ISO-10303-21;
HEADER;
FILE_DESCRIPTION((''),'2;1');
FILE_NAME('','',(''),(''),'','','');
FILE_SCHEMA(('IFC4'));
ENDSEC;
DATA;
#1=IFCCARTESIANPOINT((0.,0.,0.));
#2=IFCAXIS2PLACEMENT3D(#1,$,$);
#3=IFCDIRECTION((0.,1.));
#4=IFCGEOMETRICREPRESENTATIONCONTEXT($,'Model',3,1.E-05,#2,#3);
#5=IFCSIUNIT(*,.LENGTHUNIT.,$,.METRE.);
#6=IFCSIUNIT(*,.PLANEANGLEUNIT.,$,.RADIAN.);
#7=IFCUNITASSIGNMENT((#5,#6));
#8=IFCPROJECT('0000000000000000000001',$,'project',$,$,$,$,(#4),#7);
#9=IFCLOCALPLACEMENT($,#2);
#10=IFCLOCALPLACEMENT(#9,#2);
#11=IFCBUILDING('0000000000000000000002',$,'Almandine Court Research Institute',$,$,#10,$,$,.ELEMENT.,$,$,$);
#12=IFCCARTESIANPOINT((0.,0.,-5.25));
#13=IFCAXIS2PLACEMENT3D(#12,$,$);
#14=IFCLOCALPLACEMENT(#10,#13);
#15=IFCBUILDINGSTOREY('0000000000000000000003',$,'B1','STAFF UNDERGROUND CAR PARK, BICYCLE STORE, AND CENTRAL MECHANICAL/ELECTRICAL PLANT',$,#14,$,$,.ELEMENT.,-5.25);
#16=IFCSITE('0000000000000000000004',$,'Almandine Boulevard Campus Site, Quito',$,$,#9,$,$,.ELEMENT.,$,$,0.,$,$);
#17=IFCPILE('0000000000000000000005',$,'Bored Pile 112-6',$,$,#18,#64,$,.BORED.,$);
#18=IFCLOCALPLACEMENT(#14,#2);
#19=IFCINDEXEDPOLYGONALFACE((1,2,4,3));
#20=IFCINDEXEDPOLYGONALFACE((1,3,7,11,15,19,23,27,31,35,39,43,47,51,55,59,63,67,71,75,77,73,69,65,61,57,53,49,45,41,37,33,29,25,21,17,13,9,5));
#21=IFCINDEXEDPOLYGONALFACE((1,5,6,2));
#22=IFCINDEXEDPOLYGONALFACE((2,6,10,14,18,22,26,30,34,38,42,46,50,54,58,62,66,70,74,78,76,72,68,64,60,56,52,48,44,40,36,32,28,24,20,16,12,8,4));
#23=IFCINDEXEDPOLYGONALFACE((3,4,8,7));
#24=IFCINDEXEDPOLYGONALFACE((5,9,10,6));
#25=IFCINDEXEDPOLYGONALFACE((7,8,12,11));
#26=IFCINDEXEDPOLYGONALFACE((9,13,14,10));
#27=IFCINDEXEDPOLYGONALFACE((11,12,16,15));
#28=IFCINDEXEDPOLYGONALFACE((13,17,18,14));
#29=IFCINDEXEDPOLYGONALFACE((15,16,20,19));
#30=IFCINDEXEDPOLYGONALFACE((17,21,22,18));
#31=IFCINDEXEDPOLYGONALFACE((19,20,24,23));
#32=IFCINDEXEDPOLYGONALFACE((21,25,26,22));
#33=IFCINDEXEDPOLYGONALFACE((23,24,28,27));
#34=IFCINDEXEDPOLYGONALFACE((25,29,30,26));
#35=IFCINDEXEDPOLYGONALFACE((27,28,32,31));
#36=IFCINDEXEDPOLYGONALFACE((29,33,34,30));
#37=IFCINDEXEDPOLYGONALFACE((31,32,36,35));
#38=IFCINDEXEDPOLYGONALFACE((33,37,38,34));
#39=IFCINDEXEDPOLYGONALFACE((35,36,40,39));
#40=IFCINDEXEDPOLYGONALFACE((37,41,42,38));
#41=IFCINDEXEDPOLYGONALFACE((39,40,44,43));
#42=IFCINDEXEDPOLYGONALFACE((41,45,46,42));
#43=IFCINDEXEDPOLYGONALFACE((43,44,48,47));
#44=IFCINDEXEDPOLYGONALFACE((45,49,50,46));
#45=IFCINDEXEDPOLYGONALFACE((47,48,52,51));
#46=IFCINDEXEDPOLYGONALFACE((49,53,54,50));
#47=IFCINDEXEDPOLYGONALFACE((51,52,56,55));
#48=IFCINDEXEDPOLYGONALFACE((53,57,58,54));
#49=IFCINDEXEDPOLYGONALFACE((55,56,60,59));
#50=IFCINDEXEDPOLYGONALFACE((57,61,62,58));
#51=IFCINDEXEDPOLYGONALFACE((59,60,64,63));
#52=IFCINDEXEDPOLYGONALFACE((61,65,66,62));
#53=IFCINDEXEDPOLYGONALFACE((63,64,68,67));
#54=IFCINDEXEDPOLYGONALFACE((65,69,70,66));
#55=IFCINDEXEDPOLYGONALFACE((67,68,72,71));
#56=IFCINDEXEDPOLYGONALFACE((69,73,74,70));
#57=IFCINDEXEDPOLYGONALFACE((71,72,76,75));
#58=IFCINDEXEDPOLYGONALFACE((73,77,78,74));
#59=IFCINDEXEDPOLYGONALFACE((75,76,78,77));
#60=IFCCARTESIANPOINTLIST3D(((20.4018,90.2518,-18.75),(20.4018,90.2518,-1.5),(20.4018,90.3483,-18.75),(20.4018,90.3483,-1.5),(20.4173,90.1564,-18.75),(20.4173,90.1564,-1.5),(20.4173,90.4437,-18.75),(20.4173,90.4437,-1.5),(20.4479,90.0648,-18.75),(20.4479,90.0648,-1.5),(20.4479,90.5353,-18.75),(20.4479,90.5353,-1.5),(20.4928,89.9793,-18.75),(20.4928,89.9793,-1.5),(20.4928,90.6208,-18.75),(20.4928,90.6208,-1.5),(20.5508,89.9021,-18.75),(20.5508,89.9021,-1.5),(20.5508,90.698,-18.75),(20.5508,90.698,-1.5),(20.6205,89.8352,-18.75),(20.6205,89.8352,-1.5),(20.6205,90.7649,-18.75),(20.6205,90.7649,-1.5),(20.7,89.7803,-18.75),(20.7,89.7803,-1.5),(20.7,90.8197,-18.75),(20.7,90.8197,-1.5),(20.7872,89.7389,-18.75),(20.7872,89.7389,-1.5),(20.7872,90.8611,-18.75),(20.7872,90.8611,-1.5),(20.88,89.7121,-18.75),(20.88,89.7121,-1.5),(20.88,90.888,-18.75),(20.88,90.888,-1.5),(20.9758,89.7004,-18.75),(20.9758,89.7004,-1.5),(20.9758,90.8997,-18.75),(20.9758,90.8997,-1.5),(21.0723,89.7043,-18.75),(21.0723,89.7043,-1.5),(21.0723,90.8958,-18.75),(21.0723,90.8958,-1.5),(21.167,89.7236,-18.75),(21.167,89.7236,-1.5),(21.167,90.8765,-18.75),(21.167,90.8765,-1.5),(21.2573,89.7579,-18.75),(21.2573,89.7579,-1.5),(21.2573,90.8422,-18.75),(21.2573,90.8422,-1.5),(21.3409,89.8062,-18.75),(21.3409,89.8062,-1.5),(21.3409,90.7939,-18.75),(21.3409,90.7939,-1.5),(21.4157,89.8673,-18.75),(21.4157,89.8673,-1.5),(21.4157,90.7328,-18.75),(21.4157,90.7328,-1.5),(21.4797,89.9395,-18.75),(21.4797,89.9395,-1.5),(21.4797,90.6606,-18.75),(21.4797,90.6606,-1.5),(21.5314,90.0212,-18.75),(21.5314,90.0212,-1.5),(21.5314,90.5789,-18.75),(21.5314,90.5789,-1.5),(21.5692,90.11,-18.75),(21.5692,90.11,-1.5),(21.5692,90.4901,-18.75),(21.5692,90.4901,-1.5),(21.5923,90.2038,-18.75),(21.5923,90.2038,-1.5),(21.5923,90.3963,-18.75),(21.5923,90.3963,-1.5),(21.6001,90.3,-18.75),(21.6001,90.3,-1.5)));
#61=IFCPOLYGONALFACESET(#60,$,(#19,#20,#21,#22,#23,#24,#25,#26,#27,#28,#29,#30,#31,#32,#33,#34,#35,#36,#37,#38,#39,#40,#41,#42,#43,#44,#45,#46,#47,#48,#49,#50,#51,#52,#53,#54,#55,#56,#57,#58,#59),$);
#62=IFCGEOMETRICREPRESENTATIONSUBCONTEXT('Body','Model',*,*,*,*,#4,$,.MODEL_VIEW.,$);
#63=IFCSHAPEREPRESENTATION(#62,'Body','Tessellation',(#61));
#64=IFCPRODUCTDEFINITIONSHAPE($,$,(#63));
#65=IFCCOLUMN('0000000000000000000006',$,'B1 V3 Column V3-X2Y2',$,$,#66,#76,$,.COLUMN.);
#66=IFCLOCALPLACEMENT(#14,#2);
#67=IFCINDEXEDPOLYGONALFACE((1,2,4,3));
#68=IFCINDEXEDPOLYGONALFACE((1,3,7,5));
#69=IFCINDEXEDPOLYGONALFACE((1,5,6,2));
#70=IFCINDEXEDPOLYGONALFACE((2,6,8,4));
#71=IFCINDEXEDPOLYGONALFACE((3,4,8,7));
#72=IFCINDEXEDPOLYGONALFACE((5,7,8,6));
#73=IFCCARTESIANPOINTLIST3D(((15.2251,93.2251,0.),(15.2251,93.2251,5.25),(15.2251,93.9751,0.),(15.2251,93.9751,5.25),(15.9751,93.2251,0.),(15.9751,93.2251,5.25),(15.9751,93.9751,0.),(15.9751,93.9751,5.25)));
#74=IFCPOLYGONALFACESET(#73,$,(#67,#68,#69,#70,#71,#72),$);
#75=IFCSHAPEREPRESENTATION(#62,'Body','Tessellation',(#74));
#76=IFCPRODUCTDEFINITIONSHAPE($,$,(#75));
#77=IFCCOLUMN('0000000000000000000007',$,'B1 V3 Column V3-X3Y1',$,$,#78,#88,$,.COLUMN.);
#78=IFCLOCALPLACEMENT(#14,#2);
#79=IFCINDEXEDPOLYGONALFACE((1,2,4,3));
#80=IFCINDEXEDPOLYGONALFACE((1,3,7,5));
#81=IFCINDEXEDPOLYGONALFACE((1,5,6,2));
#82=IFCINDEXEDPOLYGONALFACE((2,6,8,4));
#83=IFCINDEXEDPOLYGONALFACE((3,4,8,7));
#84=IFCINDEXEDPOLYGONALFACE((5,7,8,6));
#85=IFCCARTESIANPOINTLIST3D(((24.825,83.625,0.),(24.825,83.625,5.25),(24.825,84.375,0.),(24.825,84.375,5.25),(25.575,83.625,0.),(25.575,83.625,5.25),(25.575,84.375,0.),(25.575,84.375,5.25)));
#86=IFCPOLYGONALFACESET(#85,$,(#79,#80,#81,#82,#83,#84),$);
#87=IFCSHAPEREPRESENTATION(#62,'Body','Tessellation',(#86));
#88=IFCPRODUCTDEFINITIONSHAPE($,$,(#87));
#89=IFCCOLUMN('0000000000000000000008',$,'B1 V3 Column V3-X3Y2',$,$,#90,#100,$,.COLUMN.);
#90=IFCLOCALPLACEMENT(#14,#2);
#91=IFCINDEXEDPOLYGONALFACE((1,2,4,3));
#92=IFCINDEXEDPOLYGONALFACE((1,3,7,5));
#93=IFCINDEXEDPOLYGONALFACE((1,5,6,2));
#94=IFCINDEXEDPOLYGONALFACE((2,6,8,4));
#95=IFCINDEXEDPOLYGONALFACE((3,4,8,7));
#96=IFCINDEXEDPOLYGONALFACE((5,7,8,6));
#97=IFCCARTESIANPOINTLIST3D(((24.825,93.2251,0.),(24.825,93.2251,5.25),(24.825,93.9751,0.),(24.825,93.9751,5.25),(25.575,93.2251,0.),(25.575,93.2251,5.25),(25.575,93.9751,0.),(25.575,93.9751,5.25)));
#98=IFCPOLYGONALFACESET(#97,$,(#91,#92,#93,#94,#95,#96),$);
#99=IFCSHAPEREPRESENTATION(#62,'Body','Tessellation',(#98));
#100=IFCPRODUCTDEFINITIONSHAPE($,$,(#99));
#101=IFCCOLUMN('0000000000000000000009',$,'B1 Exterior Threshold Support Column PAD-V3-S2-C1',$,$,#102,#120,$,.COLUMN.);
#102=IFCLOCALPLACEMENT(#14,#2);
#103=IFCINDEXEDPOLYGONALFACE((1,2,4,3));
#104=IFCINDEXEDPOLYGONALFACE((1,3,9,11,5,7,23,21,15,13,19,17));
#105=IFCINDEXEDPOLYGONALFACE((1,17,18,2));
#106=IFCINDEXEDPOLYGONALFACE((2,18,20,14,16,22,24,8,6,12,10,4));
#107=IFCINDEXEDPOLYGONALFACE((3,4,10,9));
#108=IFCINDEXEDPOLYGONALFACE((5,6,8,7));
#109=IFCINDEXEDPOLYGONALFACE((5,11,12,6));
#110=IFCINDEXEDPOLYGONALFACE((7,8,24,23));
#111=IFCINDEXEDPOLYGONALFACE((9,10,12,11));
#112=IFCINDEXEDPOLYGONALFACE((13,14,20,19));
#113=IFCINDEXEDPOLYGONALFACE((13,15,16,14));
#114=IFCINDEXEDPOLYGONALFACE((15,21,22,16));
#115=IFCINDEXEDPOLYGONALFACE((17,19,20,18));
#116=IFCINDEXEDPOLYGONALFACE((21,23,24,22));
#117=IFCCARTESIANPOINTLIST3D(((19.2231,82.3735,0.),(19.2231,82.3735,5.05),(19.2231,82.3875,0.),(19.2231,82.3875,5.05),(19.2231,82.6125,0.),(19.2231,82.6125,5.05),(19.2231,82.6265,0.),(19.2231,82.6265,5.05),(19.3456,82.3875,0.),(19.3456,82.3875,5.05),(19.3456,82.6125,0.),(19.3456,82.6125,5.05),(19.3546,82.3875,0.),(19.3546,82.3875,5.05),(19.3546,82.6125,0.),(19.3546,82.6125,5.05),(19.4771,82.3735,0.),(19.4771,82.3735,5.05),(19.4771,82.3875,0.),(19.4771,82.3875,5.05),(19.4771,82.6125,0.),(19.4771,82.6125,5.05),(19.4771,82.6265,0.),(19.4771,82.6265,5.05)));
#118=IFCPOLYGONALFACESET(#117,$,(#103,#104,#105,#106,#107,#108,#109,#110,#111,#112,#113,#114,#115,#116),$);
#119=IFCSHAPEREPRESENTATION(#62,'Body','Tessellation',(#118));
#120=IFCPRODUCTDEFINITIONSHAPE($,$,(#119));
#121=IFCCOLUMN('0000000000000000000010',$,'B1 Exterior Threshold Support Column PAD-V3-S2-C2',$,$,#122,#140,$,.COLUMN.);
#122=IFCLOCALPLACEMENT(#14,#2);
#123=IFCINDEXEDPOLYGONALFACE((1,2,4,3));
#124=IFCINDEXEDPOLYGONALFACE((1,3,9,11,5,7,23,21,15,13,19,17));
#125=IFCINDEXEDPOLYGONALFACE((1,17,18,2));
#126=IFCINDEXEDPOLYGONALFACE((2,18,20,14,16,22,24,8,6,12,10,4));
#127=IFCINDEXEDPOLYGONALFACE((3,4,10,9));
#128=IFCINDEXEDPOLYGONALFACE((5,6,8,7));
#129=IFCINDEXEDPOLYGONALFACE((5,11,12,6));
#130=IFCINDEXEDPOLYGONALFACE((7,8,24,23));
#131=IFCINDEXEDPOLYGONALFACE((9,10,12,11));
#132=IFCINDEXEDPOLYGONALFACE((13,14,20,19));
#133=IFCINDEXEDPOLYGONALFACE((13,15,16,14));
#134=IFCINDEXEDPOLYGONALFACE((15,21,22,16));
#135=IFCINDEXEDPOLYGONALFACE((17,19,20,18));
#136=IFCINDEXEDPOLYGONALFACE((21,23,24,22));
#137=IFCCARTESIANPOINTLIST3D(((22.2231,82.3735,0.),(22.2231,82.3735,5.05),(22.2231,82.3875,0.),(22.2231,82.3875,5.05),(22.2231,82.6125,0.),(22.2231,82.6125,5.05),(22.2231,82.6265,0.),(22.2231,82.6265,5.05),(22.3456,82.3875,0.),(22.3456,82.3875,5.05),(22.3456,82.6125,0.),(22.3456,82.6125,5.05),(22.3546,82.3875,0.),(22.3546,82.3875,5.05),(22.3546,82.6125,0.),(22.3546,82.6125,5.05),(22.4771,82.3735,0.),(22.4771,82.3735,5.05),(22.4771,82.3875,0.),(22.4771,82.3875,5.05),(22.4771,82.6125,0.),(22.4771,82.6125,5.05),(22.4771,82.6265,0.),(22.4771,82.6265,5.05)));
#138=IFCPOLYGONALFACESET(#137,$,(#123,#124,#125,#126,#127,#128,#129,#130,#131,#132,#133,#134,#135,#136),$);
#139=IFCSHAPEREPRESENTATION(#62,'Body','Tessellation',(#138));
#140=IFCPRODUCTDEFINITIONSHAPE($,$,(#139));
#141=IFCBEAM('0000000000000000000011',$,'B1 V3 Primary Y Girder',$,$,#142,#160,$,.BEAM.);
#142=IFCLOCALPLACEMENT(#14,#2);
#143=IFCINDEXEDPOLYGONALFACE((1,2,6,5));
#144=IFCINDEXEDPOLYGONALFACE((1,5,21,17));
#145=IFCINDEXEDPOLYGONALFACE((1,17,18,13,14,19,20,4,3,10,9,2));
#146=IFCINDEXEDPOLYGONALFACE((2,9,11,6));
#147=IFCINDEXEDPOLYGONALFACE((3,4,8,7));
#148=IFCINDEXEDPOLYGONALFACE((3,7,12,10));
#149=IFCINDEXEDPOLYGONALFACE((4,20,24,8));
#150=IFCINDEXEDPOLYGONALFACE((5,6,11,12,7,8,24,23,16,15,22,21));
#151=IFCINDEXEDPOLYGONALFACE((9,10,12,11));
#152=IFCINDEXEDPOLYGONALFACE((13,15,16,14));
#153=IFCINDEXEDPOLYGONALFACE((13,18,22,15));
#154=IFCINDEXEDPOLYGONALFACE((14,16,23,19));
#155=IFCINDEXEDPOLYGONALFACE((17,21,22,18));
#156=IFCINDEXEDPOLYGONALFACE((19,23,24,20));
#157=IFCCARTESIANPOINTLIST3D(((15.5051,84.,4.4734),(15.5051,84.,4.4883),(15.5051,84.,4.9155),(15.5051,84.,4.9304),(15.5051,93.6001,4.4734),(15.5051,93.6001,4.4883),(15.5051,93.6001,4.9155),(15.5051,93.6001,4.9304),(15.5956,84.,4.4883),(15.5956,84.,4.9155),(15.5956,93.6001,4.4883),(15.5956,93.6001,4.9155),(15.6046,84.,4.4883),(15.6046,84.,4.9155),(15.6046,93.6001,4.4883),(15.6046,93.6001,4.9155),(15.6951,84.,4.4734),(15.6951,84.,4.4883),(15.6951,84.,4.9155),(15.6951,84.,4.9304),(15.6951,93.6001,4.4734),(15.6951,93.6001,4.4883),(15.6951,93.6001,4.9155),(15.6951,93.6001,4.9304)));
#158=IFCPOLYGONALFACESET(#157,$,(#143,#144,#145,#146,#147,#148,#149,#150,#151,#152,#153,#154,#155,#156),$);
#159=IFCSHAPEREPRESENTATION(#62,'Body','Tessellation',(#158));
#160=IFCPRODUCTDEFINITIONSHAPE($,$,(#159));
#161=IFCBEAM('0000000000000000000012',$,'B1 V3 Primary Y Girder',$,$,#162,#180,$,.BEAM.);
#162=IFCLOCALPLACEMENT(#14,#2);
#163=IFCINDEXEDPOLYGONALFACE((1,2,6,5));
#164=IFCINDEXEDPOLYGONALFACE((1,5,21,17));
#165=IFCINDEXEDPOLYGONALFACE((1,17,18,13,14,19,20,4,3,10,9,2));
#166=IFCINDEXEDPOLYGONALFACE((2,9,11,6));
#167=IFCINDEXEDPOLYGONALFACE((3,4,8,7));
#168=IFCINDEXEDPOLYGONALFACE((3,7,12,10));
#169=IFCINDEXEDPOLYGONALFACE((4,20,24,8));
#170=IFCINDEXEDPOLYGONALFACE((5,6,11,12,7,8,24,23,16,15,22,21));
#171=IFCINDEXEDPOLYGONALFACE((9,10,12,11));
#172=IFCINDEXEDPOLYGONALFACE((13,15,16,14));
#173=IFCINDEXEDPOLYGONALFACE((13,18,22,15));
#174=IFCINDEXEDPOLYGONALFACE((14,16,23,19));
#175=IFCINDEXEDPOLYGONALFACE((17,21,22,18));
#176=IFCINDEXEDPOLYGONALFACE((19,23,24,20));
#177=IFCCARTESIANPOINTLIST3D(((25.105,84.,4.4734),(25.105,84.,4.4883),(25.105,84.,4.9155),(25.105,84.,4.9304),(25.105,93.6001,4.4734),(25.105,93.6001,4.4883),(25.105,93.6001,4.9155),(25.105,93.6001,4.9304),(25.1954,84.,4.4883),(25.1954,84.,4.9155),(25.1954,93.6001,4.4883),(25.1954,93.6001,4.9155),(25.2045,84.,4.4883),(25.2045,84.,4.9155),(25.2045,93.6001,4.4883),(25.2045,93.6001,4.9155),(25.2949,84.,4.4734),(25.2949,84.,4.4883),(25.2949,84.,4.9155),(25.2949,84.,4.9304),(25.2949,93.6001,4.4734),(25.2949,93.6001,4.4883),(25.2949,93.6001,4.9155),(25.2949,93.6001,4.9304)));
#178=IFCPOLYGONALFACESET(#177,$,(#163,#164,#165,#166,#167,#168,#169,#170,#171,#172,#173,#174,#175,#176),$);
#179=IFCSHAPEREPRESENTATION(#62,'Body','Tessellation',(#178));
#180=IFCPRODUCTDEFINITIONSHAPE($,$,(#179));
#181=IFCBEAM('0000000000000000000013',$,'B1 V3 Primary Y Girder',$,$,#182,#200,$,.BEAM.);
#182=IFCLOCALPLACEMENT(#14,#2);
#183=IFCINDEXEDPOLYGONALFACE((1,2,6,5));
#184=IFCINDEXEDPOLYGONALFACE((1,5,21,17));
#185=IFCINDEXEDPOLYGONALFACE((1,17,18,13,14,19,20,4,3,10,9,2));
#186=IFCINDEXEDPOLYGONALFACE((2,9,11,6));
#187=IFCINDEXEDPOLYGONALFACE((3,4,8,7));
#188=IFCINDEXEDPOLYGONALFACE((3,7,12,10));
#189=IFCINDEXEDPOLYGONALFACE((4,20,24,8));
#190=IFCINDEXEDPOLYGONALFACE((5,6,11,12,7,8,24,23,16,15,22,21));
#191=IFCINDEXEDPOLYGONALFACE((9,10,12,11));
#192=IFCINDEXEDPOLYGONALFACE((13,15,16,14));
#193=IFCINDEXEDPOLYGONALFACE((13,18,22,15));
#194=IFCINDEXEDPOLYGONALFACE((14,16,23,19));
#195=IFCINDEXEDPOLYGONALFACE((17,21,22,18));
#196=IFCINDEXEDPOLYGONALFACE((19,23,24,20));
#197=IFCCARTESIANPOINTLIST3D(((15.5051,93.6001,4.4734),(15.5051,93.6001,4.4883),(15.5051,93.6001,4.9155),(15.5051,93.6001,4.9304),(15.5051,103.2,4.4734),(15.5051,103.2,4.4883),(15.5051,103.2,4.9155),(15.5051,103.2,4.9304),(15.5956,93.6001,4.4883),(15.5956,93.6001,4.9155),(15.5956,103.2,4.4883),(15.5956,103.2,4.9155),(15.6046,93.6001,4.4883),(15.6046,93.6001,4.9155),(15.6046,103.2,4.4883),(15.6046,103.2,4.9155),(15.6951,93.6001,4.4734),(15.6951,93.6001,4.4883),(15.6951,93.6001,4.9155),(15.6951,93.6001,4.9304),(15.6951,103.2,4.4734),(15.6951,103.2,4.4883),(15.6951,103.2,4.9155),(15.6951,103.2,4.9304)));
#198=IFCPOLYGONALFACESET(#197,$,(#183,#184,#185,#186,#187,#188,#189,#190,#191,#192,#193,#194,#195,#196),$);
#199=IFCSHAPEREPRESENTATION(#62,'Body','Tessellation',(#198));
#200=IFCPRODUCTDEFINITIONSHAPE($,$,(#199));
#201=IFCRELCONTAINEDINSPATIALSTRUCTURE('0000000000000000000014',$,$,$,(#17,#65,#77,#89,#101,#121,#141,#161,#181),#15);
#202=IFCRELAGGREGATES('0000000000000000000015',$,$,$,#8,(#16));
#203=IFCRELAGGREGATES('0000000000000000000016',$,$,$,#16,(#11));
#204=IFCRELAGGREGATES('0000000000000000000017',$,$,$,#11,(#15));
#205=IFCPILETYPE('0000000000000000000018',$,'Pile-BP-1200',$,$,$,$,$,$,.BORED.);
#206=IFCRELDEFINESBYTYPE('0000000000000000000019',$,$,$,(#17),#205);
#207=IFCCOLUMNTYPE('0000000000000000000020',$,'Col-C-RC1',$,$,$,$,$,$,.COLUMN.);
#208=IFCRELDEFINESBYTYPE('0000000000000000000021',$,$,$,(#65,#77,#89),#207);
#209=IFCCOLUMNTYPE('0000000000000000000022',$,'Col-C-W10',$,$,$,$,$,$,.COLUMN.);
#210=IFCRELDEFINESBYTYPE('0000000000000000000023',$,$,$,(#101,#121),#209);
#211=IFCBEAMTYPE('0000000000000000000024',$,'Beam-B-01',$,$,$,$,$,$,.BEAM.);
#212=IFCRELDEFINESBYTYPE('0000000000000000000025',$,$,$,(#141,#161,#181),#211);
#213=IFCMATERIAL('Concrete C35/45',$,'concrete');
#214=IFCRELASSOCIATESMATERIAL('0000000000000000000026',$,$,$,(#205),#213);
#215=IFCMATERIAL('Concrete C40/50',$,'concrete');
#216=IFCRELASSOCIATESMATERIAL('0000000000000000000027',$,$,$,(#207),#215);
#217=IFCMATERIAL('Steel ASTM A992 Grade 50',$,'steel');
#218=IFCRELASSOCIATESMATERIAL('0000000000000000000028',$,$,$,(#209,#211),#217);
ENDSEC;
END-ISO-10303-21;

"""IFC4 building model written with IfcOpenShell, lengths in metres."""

from ifc_helpers import new_model, si_unit, direction, frame, origin, origin_2d, place, context, subcontext, project, spatial, rectangle, circle, i_section, extrude, material, material_profile, profile_set, type_object, element, save


model = new_model("IFC4")

# Units and contexts
model_context = context("Model", 3, precision=1e-05, world=origin(), true_north=direction((0.0, 1.0)))
body_context = subcontext(model_context, "Body", "Model", "MODEL_VIEW")
ifc_project = project(units=[si_unit("LENGTHUNIT", "METRE"), si_unit("PLANEANGLEUNIT", "RADIAN")], contexts=[model_context])

# Site, building, storey
site_placement = place(None, origin())
site = spatial("IfcSite", under=ifc_project, at=site_placement, Name="Almandine Boulevard Campus Site, Quito", CompositionType="ELEMENT", RefElevation=0.0)
building_placement = place(site_placement, origin())
building = spatial("IfcBuilding", under=site, at=building_placement, Name="Almandine Court Research Institute", CompositionType="ELEMENT")
storey_placement = place(building_placement, frame((0.0, 0.0, -5.25)))
storey = spatial("IfcBuildingStorey", under=building, at=storey_placement, Name="B1", Description="STAFF UNDERGROUND CAR PARK, BICYCLE STORE, AND CENTRAL MECHANICAL/ELECTRICAL PLANT", CompositionType="ELEMENT", Elevation=-5.25)

# Shared definitions
ifc_material_1 = material(Name="Concrete C35/45", Category="concrete")

# Pile
ifc_material_profile_1 = material_profile(ifc_material_1, circle(Radius=0.6001, at=origin_2d()), Name="BORED PILE D1200")
ifc_profile_set_1 = profile_set([ifc_material_profile_1], Name="Concrete C35/45")
pile_type = type_object("IfcPileType", Name="Pile-BP-1200", PredefinedType="BORED", material=ifc_profile_set_1)
for number, where, z_axis, x_axis, name in (
    (1, (21.0, 90.3, -1.5), (0.0, 0.0, -1.0), (1.0, 0.0, 0.0), "Bored Pile 112-6"),
):
    element("IfcPile", number, at=place(storey_placement, frame(where, z_axis=z_axis, x_axis=x_axis)), inside=storey, type_object=pile_type, Name=name, PredefinedType="BORED", context=body_context, shape_type="SweptSolid", body=[
        extrude(circle(Radius=0.6001, at=origin_2d()), origin(), (0.0, 0.0, 1.0), 17.25),
    ])

# Columns
ifc_material_2 = material(Name="Concrete C40/50", Category="concrete")
ifc_material_profile_2 = material_profile(ifc_material_2, rectangle(XDim=0.75, YDim=0.75, at=origin_2d()), Name="RC 750x750")
ifc_profile_set_2 = profile_set([ifc_material_profile_2], Name="Concrete C40/50")
column_type_1 = type_object("IfcColumnType", Name="Col-C-RC1", PredefinedType="COLUMN", material=ifc_profile_set_2)
for number, where, z_axis, x_axis, name in (
    (2, (15.6001, 93.6001, 0.0), (0.0, 0.0, 1.0), (1.0, 0.0, 0.0), "B1 V3 Column V3-X2Y2"),
    (3, (25.2, 84.0, 0.0), (0.0, 0.0, 1.0), (1.0, 0.0, 0.0), "B1 V3 Column V3-X3Y1"),
    (4, (25.2, 93.6001, 0.0), (0.0, 0.0, 1.0), (1.0, 0.0, 0.0), "B1 V3 Column V3-X3Y2"),
):
    element("IfcColumn", number, at=place(storey_placement, frame(where, z_axis=z_axis, x_axis=x_axis)), inside=storey, type_object=column_type_1, Name=name, PredefinedType="COLUMN", context=body_context, shape_type="SweptSolid", body=[
        extrude(rectangle(XDim=0.75, YDim=0.75, at=origin_2d()), origin(), (0.0, 0.0, 1.0), 5.25),
    ])
ifc_material_3 = material(Name="Steel ASTM A992 Grade 50", Category="steel")
ifc_material_profile_3 = material_profile(ifc_material_3, i_section(OverallWidth=0.2539, OverallDepth=0.2529, WebThickness=0.009, FlangeThickness=0.0139, at=origin_2d()), Name="W250x73")
ifc_profile_set_3 = profile_set([ifc_material_profile_3], Name="Steel ASTM A992 Grade 50")
column_type_2 = type_object("IfcColumnType", Name="Col-C-W10", PredefinedType="COLUMN", material=ifc_profile_set_3)
for number, where, z_axis, x_axis, name in (
    (5, (19.3501, 82.5, 0.0), (0.0, 0.0, 1.0), (1.0, 0.0, 0.0), "B1 Exterior Threshold Support Column PAD-V3-S2-C1"),
    (6, (22.3501, 82.5, 0.0), (0.0, 0.0, 1.0), (1.0, 0.0, 0.0), "B1 Exterior Threshold Support Column PAD-V3-S2-C2"),
):
    element("IfcColumn", number, at=place(storey_placement, frame(where, z_axis=z_axis, x_axis=x_axis)), inside=storey, type_object=column_type_2, Name=name, PredefinedType="COLUMN", context=body_context, shape_type="SweptSolid", body=[
        extrude(i_section(OverallWidth=0.2539, OverallDepth=0.2529, WebThickness=0.009, FlangeThickness=0.0139, at=origin_2d()), origin(), (0.0, 0.0, 1.0), 5.05),
    ])

# Beams
ifc_material_profile_4 = material_profile(ifc_material_3, i_section(OverallWidth=0.1899, OverallDepth=0.457, WebThickness=0.009, FlangeThickness=0.0149, at=origin_2d()), Name="W460x74")
ifc_profile_set_4 = profile_set([ifc_material_profile_4], Name="Steel ASTM A992 Grade 50")
beam_type_1 = type_object("IfcBeamType", Name="Beam-B-01", PredefinedType="BEAM", material=ifc_profile_set_4)
for number, where, z_axis, x_axis, name in (
    (7, (15.6001, 84.0, 4.7019), (0.0, 1.0, 0.0), (-1.0, 0.0, 0.0), "B1 V3 Primary Y Girder"),
    (8, (25.2, 84.0, 4.7019), (0.0, 1.0, 0.0), (-1.0, 0.0, 0.0), "B1 V3 Primary Y Girder"),
):
    element("IfcBeam", number, at=place(storey_placement, frame(where, z_axis=z_axis, x_axis=x_axis)), inside=storey, type_object=beam_type_1, Name=name, PredefinedType="BEAM", context=body_context, shape_type="SweptSolid", body=[
        extrude(i_section(OverallWidth=0.1899, OverallDepth=0.457, WebThickness=0.009, FlangeThickness=0.0149, at=origin_2d()), origin(), (0.0, 0.0, 1.0), 9.6001),
    ])
beam_1_placement = place(storey_placement, frame((15.6001, 93.6001, 4.7019), z_axis=(0.0, 1.0, 0.0), x_axis=(-1.0, 0.0, 0.0)))
element("IfcBeam", 9, at=beam_1_placement, inside=storey, type_object=beam_type_1, Name="B1 V3 Primary Y Girder", PredefinedType="BEAM", context=body_context, shape_type="SweptSolid", body=[
    extrude(i_section(OverallWidth=0.1899, OverallDepth=0.457, WebThickness=0.009, FlangeThickness=0.0149, at=origin_2d()), origin(), (0.0, 0.0, 1.0), 9.5999),
])

save(model, "model.ifc")
